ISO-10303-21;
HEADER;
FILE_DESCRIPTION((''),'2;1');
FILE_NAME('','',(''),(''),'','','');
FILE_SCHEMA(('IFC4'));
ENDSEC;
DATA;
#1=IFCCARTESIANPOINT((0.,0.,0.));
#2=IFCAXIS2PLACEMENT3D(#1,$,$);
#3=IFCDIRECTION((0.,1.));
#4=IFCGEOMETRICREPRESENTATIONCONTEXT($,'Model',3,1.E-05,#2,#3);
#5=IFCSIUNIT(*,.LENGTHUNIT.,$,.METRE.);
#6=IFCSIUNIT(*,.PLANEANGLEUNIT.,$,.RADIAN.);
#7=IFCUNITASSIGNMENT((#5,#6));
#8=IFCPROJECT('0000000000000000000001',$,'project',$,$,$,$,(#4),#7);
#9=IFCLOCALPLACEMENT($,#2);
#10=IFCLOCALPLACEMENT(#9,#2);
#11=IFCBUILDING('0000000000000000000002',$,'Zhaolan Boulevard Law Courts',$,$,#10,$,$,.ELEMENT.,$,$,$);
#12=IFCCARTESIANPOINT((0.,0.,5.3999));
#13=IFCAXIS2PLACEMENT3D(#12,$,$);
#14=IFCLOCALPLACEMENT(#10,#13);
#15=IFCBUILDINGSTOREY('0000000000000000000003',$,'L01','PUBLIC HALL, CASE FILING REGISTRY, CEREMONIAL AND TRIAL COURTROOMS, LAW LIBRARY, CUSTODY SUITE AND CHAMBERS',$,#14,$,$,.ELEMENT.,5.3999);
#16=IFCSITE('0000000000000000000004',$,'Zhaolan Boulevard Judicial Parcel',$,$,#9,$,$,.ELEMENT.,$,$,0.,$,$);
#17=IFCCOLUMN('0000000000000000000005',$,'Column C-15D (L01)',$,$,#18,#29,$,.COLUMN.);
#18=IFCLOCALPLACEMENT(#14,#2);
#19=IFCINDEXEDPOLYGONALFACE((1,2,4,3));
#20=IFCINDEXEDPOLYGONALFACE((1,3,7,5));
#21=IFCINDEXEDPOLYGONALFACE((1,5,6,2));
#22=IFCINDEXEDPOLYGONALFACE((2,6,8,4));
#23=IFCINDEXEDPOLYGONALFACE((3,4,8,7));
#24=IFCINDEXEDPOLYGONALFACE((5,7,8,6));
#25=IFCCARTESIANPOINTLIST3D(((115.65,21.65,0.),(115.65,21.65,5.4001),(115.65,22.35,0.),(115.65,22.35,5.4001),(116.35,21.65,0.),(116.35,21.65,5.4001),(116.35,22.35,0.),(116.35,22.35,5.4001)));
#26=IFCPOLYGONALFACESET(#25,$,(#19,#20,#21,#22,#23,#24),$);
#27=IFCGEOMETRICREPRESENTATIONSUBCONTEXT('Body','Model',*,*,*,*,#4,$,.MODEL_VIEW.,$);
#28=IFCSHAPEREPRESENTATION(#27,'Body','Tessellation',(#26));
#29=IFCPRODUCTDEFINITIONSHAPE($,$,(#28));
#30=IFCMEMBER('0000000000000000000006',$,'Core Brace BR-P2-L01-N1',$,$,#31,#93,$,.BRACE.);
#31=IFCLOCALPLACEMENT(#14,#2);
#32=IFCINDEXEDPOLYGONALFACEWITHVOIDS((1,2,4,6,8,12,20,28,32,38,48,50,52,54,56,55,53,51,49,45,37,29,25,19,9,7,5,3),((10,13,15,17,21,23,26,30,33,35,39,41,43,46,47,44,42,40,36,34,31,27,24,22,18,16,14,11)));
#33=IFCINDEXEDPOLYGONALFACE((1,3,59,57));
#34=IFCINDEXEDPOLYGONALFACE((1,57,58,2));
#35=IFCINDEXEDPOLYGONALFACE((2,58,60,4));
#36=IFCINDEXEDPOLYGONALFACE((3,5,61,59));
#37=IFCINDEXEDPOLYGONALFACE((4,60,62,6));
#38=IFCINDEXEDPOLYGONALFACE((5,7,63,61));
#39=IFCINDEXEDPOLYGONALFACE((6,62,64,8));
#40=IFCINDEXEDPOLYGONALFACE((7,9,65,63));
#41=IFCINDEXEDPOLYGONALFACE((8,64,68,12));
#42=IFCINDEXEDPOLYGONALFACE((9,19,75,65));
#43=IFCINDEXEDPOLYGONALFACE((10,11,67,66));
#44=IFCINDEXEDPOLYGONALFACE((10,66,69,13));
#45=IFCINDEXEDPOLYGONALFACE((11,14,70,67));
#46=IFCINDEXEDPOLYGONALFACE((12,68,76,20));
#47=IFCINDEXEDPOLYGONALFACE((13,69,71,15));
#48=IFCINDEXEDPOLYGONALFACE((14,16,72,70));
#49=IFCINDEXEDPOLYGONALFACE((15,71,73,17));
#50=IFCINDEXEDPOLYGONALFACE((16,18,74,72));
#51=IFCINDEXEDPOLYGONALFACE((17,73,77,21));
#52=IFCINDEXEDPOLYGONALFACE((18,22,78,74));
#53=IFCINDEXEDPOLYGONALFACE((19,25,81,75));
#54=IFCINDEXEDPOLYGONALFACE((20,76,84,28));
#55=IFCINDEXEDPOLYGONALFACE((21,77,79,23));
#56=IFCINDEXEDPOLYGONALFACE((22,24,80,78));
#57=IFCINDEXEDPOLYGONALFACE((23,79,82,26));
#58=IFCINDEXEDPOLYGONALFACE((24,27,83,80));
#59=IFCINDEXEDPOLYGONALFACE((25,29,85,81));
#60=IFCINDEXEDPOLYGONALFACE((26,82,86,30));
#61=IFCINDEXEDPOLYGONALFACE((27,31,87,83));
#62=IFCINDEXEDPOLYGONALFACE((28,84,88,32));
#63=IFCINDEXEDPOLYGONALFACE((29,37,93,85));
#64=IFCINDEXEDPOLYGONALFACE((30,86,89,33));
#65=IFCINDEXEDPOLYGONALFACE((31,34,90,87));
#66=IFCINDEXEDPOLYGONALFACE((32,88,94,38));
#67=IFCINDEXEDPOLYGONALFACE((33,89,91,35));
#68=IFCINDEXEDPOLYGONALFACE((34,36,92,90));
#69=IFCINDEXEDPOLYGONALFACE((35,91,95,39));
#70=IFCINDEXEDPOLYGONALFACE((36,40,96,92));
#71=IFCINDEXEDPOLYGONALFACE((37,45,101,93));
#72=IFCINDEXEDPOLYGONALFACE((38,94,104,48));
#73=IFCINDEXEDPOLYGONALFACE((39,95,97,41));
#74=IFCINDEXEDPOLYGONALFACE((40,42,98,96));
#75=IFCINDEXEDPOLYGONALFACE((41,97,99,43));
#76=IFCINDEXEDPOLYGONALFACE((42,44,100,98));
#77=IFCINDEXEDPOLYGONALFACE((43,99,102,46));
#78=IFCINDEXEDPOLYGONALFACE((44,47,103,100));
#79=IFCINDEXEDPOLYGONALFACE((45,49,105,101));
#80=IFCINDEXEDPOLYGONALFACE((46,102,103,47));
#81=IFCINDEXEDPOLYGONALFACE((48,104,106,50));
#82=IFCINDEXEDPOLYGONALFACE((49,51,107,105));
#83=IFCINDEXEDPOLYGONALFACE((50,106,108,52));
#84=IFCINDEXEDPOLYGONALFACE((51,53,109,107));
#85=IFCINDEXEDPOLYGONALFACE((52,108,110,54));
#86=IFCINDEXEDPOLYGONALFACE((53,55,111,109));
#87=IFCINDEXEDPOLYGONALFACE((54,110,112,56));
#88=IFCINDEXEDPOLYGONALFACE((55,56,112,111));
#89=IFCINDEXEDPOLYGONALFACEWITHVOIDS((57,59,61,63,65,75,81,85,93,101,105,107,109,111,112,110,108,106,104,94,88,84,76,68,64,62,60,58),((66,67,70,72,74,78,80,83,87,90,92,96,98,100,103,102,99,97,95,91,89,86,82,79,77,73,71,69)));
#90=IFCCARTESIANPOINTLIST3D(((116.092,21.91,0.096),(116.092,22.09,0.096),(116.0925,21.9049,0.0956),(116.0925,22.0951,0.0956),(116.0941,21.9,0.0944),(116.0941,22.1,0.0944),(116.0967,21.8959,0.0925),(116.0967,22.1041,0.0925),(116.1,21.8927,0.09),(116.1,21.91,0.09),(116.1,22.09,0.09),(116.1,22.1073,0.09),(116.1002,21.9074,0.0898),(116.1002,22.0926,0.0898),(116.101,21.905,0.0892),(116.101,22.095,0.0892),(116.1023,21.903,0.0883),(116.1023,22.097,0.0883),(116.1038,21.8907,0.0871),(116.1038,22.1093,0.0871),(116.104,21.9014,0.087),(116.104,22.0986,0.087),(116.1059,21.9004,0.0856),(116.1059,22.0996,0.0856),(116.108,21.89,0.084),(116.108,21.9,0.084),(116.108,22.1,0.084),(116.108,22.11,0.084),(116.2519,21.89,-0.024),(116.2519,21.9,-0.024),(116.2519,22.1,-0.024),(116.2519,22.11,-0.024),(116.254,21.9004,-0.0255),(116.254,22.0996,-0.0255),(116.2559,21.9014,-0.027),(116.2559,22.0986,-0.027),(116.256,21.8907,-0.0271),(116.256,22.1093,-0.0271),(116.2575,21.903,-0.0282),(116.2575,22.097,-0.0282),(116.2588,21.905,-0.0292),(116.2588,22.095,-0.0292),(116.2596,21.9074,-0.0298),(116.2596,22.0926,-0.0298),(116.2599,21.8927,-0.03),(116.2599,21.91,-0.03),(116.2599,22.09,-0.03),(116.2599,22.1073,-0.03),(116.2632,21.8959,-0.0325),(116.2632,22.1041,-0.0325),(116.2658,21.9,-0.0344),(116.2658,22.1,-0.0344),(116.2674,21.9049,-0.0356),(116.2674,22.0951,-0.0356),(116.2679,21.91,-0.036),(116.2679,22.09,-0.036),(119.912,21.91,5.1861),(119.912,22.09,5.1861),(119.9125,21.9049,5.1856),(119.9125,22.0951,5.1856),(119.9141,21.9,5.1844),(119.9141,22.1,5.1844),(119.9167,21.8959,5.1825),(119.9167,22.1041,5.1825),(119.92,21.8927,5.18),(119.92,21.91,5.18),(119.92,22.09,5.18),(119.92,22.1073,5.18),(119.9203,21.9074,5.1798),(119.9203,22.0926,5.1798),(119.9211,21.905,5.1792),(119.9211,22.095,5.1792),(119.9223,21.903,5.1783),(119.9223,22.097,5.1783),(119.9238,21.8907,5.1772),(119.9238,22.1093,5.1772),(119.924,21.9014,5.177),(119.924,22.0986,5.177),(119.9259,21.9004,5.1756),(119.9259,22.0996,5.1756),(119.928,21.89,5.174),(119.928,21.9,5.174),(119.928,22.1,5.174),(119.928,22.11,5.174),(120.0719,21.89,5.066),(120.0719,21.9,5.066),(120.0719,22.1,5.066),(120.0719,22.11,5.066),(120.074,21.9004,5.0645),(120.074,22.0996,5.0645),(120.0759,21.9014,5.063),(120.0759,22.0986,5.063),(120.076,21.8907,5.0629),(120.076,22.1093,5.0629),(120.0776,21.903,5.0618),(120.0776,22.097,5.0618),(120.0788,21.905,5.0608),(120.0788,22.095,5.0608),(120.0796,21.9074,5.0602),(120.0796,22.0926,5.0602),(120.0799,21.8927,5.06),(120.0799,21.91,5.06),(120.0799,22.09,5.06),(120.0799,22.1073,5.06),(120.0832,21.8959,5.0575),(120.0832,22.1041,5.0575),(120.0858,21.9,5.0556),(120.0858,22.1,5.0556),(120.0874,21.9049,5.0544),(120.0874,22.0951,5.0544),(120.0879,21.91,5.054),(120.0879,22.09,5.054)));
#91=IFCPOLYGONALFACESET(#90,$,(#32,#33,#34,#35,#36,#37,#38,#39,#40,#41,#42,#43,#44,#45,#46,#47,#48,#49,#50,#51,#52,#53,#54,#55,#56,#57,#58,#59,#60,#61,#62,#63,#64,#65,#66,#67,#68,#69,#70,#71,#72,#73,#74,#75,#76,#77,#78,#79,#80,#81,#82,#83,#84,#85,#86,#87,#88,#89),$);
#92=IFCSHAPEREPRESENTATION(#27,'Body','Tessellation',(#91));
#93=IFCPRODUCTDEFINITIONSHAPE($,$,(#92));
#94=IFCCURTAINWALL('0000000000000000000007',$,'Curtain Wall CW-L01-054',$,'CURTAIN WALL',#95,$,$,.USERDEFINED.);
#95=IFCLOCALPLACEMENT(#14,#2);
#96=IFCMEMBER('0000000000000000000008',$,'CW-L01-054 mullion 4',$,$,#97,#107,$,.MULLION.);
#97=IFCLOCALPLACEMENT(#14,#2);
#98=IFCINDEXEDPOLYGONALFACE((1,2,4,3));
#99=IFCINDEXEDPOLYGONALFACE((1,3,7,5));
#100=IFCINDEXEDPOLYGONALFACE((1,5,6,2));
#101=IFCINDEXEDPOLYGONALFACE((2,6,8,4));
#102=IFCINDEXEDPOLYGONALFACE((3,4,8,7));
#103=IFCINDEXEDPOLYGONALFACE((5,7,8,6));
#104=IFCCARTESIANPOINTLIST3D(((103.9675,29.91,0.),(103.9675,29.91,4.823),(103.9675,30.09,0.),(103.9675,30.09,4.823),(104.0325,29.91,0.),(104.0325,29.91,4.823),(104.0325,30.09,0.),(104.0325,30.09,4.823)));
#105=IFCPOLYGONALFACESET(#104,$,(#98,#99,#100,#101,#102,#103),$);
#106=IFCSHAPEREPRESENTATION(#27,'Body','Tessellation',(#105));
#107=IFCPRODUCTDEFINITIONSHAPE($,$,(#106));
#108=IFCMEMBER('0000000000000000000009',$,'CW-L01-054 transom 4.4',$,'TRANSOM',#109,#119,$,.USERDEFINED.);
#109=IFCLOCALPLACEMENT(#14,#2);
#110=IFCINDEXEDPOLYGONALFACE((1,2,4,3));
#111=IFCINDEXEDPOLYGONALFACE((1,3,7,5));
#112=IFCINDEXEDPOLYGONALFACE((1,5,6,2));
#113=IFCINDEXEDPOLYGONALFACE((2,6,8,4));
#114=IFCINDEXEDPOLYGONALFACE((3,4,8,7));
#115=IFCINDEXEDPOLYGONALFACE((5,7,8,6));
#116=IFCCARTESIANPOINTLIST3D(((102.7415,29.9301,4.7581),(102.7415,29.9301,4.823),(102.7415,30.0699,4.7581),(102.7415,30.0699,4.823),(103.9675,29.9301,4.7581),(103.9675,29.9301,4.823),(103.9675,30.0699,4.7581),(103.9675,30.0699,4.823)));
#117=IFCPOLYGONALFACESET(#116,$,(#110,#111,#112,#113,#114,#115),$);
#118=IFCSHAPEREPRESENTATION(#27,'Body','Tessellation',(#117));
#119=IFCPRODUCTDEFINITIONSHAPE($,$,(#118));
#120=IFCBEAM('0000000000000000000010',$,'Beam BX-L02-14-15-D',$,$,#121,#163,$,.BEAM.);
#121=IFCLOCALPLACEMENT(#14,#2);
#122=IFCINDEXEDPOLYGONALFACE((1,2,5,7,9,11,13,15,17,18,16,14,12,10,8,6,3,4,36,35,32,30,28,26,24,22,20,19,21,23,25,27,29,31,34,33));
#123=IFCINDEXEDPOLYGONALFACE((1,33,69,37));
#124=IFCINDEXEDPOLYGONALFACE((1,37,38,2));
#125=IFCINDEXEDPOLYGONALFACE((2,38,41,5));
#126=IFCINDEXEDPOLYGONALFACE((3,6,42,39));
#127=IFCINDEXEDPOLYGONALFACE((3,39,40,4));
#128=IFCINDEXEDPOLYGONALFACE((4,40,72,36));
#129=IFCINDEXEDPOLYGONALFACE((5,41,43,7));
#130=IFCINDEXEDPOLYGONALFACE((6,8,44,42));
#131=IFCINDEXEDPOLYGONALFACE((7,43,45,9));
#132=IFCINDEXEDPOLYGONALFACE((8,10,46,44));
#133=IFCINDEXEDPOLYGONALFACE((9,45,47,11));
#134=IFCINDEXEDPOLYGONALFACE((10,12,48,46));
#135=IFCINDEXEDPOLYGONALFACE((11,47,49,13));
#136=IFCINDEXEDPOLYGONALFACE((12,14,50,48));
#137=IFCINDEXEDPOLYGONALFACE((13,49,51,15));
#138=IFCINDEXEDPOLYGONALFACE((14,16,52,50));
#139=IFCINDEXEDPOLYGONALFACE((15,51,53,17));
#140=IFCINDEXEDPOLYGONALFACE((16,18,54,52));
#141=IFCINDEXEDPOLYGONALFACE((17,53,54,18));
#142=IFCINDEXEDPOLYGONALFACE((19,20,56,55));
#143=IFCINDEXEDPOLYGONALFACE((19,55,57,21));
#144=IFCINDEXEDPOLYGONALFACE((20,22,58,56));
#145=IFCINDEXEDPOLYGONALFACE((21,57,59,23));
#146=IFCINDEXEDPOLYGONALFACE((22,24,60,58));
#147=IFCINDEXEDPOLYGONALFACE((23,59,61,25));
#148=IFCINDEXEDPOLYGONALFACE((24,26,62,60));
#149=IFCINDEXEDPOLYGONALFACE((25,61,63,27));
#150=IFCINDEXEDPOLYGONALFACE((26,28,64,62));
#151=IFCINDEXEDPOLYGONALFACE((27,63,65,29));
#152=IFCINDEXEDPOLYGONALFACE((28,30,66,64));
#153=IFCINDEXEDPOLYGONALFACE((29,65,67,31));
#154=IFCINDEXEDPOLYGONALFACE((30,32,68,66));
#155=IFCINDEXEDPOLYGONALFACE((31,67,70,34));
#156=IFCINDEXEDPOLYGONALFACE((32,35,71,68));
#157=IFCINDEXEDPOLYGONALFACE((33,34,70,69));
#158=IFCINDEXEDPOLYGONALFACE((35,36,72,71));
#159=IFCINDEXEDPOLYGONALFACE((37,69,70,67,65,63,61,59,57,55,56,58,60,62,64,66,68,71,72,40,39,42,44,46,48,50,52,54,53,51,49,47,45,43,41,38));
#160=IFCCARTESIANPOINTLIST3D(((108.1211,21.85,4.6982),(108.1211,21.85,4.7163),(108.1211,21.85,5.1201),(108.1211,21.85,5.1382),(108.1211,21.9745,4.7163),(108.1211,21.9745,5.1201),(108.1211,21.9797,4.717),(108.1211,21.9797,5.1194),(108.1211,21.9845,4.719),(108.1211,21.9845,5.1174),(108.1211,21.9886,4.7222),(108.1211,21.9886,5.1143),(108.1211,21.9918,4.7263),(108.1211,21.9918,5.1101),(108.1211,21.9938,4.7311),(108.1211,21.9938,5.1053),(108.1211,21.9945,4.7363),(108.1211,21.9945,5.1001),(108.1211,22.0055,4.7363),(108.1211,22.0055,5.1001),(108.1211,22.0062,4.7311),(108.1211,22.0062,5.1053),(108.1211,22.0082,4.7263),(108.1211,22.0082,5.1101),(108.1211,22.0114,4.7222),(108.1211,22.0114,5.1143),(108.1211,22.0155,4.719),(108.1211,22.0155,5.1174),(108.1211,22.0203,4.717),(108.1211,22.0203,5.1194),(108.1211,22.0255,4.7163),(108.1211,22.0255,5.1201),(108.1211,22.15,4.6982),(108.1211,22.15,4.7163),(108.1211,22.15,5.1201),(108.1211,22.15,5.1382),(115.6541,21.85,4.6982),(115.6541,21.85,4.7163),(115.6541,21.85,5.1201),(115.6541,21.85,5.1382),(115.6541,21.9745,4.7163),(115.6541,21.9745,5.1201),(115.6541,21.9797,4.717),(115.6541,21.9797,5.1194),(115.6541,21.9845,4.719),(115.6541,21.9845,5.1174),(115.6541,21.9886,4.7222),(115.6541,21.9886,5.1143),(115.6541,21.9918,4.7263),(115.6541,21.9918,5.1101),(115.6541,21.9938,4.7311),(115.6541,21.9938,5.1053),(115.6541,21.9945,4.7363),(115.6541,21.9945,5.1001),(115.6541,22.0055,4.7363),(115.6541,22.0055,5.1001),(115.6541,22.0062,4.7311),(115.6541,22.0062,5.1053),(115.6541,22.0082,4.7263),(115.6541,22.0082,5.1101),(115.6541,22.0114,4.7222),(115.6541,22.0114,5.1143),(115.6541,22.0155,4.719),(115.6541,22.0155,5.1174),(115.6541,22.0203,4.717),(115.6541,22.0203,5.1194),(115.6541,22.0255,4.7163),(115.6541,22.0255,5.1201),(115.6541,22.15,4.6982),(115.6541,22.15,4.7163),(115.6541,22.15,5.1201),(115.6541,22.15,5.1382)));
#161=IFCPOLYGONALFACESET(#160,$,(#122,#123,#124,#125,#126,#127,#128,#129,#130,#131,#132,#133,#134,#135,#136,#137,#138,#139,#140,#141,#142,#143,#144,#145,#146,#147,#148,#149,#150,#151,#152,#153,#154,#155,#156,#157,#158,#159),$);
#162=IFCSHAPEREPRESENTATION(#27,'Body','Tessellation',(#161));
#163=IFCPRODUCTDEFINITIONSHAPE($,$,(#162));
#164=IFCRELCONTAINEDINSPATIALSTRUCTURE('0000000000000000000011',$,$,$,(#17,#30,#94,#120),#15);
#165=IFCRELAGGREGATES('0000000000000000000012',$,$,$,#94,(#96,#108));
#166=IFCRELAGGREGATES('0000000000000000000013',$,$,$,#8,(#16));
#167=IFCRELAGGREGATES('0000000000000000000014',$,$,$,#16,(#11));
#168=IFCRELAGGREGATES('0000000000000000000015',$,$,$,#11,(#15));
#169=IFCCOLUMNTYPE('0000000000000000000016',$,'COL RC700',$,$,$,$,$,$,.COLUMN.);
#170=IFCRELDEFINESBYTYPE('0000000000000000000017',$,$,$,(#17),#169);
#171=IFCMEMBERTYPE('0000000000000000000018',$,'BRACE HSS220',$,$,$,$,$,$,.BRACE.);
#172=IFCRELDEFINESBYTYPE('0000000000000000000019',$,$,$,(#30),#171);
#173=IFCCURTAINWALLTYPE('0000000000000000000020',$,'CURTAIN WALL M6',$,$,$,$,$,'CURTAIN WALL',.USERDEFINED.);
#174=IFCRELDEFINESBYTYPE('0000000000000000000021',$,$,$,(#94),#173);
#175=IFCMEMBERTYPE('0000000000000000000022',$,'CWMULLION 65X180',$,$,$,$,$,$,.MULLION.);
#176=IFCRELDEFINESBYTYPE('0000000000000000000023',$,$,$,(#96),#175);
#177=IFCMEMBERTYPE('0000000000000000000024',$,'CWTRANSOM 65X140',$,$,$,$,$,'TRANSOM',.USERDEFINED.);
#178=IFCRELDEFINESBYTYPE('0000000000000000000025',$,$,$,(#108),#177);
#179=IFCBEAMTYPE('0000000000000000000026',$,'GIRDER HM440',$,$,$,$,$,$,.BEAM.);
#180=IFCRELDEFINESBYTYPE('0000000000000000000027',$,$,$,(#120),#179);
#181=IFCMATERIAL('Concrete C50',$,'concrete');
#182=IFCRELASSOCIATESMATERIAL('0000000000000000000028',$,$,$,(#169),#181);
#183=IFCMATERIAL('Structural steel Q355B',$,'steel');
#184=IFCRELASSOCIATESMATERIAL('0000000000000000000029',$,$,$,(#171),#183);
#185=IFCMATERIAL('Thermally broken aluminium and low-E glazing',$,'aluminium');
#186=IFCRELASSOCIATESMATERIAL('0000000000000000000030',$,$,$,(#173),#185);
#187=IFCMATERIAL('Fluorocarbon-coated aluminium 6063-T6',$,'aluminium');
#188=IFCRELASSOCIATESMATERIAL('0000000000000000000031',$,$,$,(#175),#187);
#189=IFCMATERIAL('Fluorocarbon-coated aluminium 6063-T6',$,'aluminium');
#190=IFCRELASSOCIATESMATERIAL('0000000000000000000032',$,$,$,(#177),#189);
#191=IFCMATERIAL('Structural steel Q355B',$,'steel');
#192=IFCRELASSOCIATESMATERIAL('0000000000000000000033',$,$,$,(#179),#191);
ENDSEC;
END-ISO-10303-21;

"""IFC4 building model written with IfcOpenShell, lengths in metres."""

from ifc_helpers import new_model, si_unit, direction, frame, origin, origin_2d, place, context, subcontext, project, spatial, rectangle, hollow_rectangle, i_section, extrude, material, material_profile, profile_set, type_object, element, aggregate, save


model = new_model("IFC4")

# Units and contexts
model_context = context("Model", 3, precision=1e-05, world=origin(), true_north=direction((0.0, 1.0)))
body_context = subcontext(model_context, "Body", "Model", "MODEL_VIEW")
ifc_project = project(units=[si_unit("LENGTHUNIT", "METRE"), si_unit("PLANEANGLEUNIT", "RADIAN")], contexts=[model_context])

# Site, building, storey
site_placement = place(None, origin())
site = spatial("IfcSite", under=ifc_project, at=site_placement, Name="Zhaolan Boulevard Judicial Parcel", CompositionType="ELEMENT", RefElevation=0.0)
building_placement = place(site_placement, origin())
building = spatial("IfcBuilding", under=site, at=building_placement, Name="Zhaolan Boulevard Law Courts", CompositionType="ELEMENT")
storey_placement = place(building_placement, frame((0.0, 0.0, 5.3999)))
storey = spatial("IfcBuildingStorey", under=building, at=storey_placement, Name="L01", Description="PUBLIC HALL, CASE FILING REGISTRY, CEREMONIAL AND TRIAL COURTROOMS, LAW LIBRARY, CUSTODY SUITE AND CHAMBERS", CompositionType="ELEMENT", Elevation=5.3999)

# Column
ifc_material_1 = material(Name="Concrete C50", Category="concrete")
ifc_material_profile_1 = material_profile(ifc_material_1, rectangle(XDim=0.7, YDim=0.7, at=origin_2d()), Name="RC700x700")
ifc_profile_set_1 = profile_set([ifc_material_profile_1], Name="Concrete C50")
column_type = type_object("IfcColumnType", Name="COL RC700", PredefinedType="COLUMN", material=ifc_profile_set_1)
column_placement = place(storey_placement, frame((116.0, 22.0, 0.0), z_axis=(0.0, 0.0, 1.0), x_axis=(1.0, 0.0, 0.0)))
element("IfcColumn", 1, at=column_placement, inside=storey, type_object=column_type, Name="Column C-15D (L01)", PredefinedType="COLUMN", context=body_context, shape_type="SweptSolid", body=[
    extrude(rectangle(XDim=0.7, YDim=0.7, at=origin_2d()), origin(), (0.0, 0.0, 1.0), 5.4001),
])

# Member
ifc_material_2 = material(Name="Structural steel Q355B", Category="steel")
ifc_material_profile_2 = material_profile(ifc_material_2, hollow_rectangle(XDim=0.22, YDim=0.22, WallThickness=0.01, InnerFilletRadius=0.01, OuterFilletRadius=0.02, at=origin_2d()), Name="HSS220x220x10")
ifc_profile_set_2 = profile_set([ifc_material_profile_2], Name="Structural steel Q355B")
member_type_1 = type_object("IfcMemberType", Name="BRACE HSS220", PredefinedType="BRACE", material=ifc_profile_set_2)
member_1_placement = place(storey_placement, frame((116.1799, 22.0, 0.03), z_axis=(0.600252, 0.0, 0.799811), x_axis=(0.0, 1.0, 0.0)))
element("IfcMember", 2, at=member_1_placement, inside=storey, type_object=member_type_1, Name="Core Brace BR-P2-L01-N1", PredefinedType="BRACE", context=body_context, shape_type="SweptSolid", body=[
    extrude(hollow_rectangle(XDim=0.22, YDim=0.22, WallThickness=0.01, InnerFilletRadius=0.01, OuterFilletRadius=0.02, at=origin_2d()), origin(), (0.0, 0.0, 1.0), 6.364),
])

# Curtain wall, members
ifc_material_3 = material(Name="Thermally broken aluminium and low-E glazing", Category="aluminium")
curtain_wall_type = type_object("IfcCurtainWallType", Name="CURTAIN WALL M6", ElementType="CURTAIN WALL", PredefinedType="USERDEFINED", material=ifc_material_3)
curtain_wall_placement = place(storey_placement, origin())
curtain_wall = element("IfcCurtainWall", 3, at=curtain_wall_placement, inside=storey, type_object=curtain_wall_type, Name="Curtain Wall CW-L01-054", ObjectType="CURTAIN WALL", PredefinedType="USERDEFINED")
ifc_material_4 = material(Name="Fluorocarbon-coated aluminium 6063-T6", Category="aluminium")
ifc_material_profile_3 = material_profile(ifc_material_4, rectangle(XDim=0.1799, YDim=0.0649, at=origin_2d()), Name="AL65x180")
ifc_profile_set_3 = profile_set([ifc_material_profile_3], Name="Fluorocarbon-coated aluminium 6063-T6")
member_type_2 = type_object("IfcMemberType", Name="CWMULLION 65X180", PredefinedType="MULLION", material=ifc_profile_set_3)
member_2_placement = place(storey_placement, frame((104.0, 30.0, 0.0), z_axis=(0.0, 0.0, 1.0), x_axis=(0.0, -1.0, 0.0)))
member_2 = element("IfcMember", 4, at=member_2_placement, type_object=member_type_2, Name="CW-L01-054 mullion 4", PredefinedType="MULLION", context=body_context, shape_type="SweptSolid", body=[
    extrude(rectangle(XDim=0.1799, YDim=0.0649, at=origin_2d()), origin(), (0.0, 0.0, 1.0), 4.823),
])
ifc_material_5 = material(Name="Fluorocarbon-coated aluminium 6063-T6", Category="aluminium")
ifc_material_profile_4 = material_profile(ifc_material_5, rectangle(XDim=0.1399, YDim=0.0649, at=origin_2d()), Name="AL65x140")
ifc_profile_set_4 = profile_set([ifc_material_profile_4], Name="Fluorocarbon-coated aluminium 6063-T6")
member_type_3 = type_object("IfcMemberType", Name="CWTRANSOM 65X140", ElementType="TRANSOM", PredefinedType="USERDEFINED", material=ifc_profile_set_4)
member_3_placement = place(storey_placement, frame((103.9675, 30.0, 4.7905), z_axis=(-1.0, 0.0, 0.0), x_axis=(0.0, -1.0, 0.0)))
member_3 = element("IfcMember", 5, at=member_3_placement, type_object=member_type_3, Name="CW-L01-054 transom 4.4", ObjectType="TRANSOM", PredefinedType="USERDEFINED", context=body_context, shape_type="SweptSolid", body=[
    extrude(rectangle(XDim=0.1399, YDim=0.0649, at=origin_2d()), origin(), (0.0, 0.0, 1.0), 1.2261),
])

# Beam
ifc_material_6 = material(Name="Structural steel Q355B", Category="steel")
ifc_material_profile_5 = material_profile(ifc_material_6, i_section(OverallWidth=0.3, OverallDepth=0.4399, WebThickness=0.011, FlangeThickness=0.0181, FilletRadius=0.02, at=origin_2d()), Name="HM440x300")
ifc_profile_set_5 = profile_set([ifc_material_profile_5], Name="Structural steel Q355B")
beam_type_1 = type_object("IfcBeamType", Name="GIRDER HM440", PredefinedType="BEAM", material=ifc_profile_set_5)
beam_1_placement = place(storey_placement, frame((108.1211, 22.0, 4.9182), z_axis=(1.0, 0.0, 0.0), x_axis=(0.0, 1.0, 0.0)))
element("IfcBeam", 6, at=beam_1_placement, inside=storey, type_object=beam_type_1, Name="Beam BX-L02-14-15-D", PredefinedType="BEAM", context=body_context, shape_type="SweptSolid", body=[
    extrude(i_section(OverallWidth=0.3, OverallDepth=0.4399, WebThickness=0.011, FlangeThickness=0.0181, FilletRadius=0.02, at=origin_2d()), origin(), (0.0, 0.0, 1.0), 7.533),
])

aggregate(curtain_wall, [member_2, member_3])

save(model, "model.ifc")
